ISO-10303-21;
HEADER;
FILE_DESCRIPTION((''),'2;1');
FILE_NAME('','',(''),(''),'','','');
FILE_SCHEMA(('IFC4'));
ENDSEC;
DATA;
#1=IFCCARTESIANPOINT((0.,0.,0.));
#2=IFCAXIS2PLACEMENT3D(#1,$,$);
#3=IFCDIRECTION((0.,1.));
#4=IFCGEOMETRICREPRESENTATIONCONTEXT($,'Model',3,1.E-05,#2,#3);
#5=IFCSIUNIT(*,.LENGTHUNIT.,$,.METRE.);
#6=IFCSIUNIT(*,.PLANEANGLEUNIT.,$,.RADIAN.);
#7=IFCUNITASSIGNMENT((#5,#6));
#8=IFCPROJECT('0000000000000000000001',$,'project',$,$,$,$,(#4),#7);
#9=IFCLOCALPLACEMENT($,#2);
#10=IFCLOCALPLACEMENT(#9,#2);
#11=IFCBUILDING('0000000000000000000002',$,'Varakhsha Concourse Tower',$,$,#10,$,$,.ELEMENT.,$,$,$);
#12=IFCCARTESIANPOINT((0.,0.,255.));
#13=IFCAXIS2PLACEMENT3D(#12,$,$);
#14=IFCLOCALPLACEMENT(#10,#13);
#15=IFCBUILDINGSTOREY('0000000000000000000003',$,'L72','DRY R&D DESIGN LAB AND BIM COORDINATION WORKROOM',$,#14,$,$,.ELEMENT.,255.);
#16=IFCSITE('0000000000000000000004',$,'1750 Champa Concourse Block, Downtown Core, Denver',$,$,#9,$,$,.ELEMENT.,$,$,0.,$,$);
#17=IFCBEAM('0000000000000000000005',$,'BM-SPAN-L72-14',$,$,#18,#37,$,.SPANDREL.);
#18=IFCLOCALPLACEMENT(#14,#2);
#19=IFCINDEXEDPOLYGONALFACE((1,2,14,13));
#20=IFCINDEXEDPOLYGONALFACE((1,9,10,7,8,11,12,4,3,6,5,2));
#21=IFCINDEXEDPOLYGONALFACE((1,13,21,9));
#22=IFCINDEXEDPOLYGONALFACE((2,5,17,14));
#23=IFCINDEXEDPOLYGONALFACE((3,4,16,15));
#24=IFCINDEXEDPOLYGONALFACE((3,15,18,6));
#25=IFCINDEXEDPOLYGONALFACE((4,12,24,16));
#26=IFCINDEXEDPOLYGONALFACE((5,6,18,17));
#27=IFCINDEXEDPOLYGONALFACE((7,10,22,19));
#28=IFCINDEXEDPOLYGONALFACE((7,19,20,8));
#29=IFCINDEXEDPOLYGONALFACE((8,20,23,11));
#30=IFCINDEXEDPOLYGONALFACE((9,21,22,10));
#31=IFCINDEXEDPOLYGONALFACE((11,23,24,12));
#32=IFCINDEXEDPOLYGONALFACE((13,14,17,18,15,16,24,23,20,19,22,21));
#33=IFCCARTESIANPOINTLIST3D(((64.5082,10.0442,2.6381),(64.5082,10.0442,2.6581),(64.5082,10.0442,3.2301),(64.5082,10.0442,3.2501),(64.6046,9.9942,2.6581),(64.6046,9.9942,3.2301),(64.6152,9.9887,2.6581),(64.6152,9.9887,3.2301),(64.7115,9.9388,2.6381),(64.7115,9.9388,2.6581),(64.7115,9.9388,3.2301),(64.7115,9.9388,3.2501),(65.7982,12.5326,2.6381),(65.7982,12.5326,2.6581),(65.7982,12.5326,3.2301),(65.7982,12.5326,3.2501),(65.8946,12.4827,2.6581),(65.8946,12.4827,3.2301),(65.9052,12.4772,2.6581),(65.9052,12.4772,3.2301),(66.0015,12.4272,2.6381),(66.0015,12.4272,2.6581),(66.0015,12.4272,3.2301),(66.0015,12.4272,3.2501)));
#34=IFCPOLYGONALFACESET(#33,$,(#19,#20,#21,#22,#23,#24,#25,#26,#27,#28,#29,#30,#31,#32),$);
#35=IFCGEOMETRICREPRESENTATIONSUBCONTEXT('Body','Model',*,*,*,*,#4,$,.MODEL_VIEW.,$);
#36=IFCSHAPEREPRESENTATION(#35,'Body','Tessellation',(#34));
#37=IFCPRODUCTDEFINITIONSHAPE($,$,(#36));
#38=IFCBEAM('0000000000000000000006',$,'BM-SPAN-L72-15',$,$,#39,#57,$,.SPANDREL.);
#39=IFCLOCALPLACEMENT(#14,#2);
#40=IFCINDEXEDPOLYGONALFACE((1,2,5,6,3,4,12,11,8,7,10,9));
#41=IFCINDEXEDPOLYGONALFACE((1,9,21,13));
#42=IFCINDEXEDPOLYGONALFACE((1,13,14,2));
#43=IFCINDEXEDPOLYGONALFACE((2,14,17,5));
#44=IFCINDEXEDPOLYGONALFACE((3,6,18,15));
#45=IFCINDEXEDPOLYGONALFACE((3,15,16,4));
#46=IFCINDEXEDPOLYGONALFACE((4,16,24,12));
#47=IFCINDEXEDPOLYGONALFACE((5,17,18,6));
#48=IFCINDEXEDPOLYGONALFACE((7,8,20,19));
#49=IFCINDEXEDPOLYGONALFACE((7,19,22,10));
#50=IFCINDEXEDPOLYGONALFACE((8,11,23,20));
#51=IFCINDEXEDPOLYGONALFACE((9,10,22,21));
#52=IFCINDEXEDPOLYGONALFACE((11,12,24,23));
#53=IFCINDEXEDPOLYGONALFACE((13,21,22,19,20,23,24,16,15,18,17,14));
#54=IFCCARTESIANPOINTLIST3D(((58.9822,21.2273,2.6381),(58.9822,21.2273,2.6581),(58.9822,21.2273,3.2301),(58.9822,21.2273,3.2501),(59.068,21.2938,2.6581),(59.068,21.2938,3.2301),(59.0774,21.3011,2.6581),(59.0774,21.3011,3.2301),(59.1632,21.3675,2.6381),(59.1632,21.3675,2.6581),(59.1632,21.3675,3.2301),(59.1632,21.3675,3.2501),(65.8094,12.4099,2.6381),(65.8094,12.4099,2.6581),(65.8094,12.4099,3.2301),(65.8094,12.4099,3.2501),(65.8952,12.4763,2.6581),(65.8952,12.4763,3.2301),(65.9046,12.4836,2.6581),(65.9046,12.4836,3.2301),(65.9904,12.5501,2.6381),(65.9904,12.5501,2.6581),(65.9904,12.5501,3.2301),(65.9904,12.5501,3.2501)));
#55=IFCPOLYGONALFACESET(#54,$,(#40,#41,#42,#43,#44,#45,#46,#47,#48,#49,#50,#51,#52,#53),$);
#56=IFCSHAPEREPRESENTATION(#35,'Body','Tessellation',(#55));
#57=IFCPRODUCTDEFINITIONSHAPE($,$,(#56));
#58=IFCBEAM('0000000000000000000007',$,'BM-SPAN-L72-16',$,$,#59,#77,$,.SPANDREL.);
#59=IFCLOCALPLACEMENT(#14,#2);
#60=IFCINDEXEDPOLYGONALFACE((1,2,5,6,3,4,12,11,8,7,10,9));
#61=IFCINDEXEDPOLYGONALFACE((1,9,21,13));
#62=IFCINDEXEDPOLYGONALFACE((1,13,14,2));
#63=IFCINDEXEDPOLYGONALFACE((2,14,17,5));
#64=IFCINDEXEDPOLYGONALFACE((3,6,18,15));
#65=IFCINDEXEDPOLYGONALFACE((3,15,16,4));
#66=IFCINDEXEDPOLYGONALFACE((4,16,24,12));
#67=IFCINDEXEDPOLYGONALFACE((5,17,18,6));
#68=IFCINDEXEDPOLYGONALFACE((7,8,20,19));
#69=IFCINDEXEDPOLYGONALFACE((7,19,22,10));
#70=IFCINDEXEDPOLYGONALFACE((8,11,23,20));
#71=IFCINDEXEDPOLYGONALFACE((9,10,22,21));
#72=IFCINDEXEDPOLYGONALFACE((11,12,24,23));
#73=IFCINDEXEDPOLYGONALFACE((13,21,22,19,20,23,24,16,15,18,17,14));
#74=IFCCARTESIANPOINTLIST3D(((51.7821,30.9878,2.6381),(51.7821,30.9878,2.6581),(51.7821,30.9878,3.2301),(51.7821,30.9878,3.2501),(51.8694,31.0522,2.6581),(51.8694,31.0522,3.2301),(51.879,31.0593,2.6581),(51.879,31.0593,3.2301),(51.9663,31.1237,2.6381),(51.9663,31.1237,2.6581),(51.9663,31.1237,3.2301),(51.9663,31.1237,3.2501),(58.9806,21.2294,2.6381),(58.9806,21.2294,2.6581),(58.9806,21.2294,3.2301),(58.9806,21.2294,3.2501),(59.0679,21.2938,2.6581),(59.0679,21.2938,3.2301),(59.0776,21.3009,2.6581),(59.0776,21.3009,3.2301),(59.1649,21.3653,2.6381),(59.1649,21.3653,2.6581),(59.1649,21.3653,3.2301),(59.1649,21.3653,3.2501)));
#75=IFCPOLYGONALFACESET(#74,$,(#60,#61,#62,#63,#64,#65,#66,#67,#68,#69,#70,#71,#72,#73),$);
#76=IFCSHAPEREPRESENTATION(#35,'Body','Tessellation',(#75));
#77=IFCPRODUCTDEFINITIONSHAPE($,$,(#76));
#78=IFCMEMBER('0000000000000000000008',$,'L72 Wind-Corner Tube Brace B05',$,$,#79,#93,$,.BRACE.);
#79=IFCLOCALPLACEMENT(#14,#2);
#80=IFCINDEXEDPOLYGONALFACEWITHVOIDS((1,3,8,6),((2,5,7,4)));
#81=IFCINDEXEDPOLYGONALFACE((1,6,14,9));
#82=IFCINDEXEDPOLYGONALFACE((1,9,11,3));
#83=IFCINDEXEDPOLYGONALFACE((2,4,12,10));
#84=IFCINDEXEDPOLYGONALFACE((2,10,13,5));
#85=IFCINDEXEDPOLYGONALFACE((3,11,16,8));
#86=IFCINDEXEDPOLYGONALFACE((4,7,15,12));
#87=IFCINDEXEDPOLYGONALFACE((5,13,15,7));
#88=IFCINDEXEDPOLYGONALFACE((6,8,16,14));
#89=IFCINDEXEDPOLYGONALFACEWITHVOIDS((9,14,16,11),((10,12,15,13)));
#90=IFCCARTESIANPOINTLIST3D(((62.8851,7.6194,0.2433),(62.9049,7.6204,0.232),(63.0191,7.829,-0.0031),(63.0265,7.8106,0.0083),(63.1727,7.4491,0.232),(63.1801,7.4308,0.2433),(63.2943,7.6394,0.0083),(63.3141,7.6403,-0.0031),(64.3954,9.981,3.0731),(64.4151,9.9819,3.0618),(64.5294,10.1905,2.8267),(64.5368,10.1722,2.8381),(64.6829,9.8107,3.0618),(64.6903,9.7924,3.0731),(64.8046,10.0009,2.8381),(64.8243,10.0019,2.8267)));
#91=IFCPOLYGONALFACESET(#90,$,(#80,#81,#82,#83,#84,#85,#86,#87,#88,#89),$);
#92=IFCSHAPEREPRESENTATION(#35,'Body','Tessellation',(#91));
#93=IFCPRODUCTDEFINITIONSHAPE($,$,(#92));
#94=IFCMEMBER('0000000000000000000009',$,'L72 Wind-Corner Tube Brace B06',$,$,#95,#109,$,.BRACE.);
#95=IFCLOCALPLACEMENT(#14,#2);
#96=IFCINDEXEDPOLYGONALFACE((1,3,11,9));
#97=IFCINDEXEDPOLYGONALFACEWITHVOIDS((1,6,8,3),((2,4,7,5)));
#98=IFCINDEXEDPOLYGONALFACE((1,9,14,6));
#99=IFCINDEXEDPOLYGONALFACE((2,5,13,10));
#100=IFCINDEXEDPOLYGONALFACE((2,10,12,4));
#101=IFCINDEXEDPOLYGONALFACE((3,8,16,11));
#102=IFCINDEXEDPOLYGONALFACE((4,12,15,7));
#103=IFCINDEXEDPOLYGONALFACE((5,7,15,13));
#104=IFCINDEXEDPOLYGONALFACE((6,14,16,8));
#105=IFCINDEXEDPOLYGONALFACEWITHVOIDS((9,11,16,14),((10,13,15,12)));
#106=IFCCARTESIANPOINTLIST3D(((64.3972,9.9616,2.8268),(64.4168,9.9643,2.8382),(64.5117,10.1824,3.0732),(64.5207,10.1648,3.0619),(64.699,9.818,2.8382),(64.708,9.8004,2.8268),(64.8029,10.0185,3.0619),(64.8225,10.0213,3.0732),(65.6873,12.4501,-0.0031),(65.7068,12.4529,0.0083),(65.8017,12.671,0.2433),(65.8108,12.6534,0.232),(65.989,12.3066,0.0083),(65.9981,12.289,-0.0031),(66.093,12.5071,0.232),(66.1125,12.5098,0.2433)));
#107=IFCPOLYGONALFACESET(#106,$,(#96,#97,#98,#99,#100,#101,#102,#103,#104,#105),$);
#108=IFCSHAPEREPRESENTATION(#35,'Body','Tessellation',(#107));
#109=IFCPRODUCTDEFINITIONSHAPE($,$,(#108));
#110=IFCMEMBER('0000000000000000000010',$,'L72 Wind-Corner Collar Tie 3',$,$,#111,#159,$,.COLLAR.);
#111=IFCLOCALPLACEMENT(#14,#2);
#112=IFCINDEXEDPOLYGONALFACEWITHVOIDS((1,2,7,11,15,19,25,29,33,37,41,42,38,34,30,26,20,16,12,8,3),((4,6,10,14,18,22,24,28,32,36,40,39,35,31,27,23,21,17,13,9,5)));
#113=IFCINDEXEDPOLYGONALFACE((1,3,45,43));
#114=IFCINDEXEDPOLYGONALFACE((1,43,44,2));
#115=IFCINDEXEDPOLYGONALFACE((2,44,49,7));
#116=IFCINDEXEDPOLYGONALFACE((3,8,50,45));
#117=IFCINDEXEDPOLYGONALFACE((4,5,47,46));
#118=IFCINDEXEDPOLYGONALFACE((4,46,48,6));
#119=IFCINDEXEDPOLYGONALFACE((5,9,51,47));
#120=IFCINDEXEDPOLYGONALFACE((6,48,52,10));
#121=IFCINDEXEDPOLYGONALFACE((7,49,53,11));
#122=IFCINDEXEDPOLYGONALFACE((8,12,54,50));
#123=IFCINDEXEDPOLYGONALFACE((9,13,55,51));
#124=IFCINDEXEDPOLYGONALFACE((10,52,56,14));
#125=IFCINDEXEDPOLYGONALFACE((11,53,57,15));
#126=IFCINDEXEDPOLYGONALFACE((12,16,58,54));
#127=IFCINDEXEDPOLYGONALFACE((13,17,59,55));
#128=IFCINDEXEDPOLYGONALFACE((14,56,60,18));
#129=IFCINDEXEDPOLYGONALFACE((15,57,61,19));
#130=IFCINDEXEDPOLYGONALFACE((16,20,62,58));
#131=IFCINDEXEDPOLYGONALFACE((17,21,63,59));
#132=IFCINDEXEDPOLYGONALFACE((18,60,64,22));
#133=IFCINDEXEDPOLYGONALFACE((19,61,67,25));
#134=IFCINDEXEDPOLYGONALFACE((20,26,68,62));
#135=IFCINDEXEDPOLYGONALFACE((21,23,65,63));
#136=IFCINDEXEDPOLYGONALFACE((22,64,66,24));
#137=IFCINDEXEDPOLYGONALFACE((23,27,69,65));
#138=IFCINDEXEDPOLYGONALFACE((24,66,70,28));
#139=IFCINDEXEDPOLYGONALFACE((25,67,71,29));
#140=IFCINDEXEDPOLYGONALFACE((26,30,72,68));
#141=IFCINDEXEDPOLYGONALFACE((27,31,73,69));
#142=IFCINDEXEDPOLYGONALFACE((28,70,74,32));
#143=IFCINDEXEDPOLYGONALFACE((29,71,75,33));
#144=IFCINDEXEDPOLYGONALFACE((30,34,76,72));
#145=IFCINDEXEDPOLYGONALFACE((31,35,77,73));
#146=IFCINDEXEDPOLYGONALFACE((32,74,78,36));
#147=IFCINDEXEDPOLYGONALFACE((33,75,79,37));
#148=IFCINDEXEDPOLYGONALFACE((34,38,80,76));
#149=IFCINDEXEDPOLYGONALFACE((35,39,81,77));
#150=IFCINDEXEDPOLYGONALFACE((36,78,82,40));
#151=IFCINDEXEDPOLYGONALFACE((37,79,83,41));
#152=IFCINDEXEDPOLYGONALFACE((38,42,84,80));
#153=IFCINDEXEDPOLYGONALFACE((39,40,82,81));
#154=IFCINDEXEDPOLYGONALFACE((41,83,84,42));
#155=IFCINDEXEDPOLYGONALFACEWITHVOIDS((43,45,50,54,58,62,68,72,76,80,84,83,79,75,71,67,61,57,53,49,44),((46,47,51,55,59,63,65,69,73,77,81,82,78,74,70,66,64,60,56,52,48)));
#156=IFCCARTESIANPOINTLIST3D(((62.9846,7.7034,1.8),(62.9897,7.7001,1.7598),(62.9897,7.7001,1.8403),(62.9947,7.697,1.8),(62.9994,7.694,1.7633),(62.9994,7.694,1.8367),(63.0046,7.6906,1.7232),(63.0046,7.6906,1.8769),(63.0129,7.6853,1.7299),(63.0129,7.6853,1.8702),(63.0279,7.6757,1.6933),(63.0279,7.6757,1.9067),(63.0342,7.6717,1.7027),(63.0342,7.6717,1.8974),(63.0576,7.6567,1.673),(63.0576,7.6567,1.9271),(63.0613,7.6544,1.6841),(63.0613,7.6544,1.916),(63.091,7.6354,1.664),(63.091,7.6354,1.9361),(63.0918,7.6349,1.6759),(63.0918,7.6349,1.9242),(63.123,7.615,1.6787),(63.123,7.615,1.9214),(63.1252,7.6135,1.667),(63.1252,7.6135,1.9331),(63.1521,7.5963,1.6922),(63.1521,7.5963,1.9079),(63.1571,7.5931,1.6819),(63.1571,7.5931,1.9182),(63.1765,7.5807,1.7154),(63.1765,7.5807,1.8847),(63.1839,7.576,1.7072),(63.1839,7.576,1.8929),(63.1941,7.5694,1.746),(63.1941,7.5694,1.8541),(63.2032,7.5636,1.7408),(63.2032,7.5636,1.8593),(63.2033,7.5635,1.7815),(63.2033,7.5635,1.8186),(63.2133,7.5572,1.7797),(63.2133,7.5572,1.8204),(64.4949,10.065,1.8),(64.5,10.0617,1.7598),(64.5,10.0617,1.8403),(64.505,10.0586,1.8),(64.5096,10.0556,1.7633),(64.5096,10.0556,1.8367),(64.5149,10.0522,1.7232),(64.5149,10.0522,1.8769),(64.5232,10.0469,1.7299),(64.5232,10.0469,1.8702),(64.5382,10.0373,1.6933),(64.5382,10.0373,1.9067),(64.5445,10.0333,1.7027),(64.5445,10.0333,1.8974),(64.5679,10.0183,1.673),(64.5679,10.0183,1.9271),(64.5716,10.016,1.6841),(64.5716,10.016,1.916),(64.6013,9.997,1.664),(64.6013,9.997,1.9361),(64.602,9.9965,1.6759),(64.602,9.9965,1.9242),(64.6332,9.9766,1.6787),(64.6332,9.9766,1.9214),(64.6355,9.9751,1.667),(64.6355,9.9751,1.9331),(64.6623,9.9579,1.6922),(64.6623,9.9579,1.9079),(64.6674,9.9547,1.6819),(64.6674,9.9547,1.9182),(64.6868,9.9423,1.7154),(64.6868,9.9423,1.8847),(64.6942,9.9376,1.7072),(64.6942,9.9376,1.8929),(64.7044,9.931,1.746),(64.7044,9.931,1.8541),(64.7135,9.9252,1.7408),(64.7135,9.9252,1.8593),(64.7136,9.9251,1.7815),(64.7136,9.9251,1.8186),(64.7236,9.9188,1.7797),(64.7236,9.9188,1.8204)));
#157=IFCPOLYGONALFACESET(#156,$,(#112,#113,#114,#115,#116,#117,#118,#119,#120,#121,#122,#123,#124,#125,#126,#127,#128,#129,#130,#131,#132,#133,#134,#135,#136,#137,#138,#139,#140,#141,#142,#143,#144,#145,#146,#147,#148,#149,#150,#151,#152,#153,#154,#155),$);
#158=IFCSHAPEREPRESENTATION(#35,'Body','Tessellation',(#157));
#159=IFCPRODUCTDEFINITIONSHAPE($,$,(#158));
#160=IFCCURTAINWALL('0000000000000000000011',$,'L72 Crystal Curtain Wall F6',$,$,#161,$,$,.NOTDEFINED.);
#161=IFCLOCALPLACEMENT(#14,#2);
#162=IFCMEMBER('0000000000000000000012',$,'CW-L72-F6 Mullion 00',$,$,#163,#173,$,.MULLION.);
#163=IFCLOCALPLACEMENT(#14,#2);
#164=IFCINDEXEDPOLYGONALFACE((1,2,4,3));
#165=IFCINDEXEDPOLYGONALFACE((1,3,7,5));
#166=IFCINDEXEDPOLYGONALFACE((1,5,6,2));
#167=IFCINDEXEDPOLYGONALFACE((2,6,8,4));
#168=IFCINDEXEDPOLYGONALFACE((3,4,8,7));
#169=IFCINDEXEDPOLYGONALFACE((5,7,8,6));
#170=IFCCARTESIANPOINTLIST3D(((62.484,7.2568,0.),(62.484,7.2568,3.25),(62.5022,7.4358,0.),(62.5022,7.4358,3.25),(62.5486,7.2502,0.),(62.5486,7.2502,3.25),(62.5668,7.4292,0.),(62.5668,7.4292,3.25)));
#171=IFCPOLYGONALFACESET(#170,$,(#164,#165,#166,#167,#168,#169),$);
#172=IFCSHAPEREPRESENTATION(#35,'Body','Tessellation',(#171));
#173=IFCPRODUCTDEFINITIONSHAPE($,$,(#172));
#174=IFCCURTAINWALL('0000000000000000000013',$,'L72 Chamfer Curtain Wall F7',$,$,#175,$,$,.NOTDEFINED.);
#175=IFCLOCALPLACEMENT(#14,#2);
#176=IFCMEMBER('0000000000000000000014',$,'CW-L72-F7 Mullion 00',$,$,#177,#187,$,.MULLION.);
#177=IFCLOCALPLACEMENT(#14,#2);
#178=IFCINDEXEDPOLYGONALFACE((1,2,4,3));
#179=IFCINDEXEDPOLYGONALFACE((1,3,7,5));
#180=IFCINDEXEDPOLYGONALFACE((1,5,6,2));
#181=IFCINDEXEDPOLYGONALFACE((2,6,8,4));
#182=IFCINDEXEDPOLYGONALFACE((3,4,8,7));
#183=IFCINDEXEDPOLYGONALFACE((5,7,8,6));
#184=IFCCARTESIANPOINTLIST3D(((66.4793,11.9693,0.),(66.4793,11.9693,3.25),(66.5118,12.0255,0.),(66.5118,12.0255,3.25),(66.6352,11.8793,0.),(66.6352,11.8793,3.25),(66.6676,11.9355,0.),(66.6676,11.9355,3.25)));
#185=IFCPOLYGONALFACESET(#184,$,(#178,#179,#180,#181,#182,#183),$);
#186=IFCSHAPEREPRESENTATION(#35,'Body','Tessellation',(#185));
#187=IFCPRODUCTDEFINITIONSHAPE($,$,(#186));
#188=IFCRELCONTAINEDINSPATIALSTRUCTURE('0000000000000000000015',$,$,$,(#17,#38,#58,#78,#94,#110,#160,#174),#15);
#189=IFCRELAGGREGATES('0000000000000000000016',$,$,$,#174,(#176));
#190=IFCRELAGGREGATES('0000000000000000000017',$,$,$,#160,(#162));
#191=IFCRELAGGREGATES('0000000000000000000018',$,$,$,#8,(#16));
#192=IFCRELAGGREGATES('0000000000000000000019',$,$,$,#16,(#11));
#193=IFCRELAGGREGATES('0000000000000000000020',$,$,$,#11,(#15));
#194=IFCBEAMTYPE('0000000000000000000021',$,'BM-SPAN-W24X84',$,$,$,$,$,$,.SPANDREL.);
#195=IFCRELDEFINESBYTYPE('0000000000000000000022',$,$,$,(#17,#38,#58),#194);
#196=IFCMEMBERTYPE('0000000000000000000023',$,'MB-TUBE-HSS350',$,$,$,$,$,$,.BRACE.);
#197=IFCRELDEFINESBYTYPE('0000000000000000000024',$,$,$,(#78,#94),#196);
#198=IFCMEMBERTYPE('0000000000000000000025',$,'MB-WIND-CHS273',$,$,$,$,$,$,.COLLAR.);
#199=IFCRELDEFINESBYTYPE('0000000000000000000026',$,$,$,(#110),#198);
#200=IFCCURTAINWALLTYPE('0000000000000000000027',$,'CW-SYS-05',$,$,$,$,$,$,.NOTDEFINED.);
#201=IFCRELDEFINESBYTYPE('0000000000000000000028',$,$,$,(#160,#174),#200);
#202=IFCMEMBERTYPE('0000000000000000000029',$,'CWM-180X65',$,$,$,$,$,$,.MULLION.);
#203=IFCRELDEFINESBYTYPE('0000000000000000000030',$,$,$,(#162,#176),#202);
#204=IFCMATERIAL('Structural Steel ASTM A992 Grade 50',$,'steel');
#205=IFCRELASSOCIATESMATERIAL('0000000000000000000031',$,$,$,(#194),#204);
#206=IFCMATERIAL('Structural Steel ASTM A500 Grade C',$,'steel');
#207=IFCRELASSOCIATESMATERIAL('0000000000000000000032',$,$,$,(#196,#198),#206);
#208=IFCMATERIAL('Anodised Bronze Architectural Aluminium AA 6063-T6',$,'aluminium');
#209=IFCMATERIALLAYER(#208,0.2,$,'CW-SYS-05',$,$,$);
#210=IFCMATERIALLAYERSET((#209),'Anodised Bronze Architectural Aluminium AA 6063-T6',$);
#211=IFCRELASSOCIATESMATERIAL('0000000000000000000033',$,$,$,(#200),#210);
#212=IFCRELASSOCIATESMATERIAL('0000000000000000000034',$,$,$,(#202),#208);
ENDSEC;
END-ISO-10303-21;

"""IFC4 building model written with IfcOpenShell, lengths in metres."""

from ifc_helpers import new_model, si_unit, direction, frame, origin, origin_2d, place, context, subcontext, project, spatial, rectangle, hollow_rectangle, hollow_circle, i_section, extrude, source, transform, mapped, material, layer, layer_set, material_profile, profile_set, type_object, type_shapes, element, aggregate, save


model = new_model("IFC4")

# Units and contexts
model_context = context("Model", 3, precision=1e-05, world=origin(), true_north=direction((0.0, 1.0)))
body_context = subcontext(model_context, "Body", "Model", "MODEL_VIEW")
ifc_project = project(units=[si_unit("LENGTHUNIT", "METRE"), si_unit("PLANEANGLEUNIT", "RADIAN")], contexts=[model_context])

# Site, building, storey
site_placement = place(None, origin())
site = spatial("IfcSite", under=ifc_project, at=site_placement, Name="1750 Champa Concourse Block, Downtown Core, Denver", CompositionType="ELEMENT", RefElevation=0.0)
building_placement = place(site_placement, origin())
building = spatial("IfcBuilding", under=site, at=building_placement, Name="Varakhsha Concourse Tower", CompositionType="ELEMENT")
storey_placement = place(building_placement, frame((0.0, 0.0, 255.0)))
storey = spatial("IfcBuildingStorey", under=building, at=storey_placement, Name="L72", Description="DRY R&D DESIGN LAB AND BIM COORDINATION WORKROOM", CompositionType="ELEMENT", Elevation=255.0)

# Beams
ifc_material_1 = material(Name="Structural Steel ASTM A992 Grade 50", Category="steel")
ifc_material_profile_1 = material_profile(ifc_material_1, i_section(OverallWidth=0.229, OverallDepth=0.6121, WebThickness=0.012, FlangeThickness=0.02, at=origin_2d()), Name="W24X84")
ifc_profile_set_1 = profile_set([ifc_material_profile_1], Name="Structural Steel ASTM A992 Grade 50")
beam_type_1 = type_object("IfcBeamType", Name="BM-SPAN-W24X84", PredefinedType="SPANDREL", material=ifc_profile_set_1)
beam_1_placement = place(storey_placement, frame((64.6099, 9.9915, 2.9441), z_axis=(0.460231, 0.887799, 0.0), x_axis=(-0.887799, 0.460231, 0.0)))
element("IfcBeam", 1, at=beam_1_placement, inside=storey, type_object=beam_type_1, Name="BM-SPAN-L72-14", PredefinedType="SPANDREL", context=body_context, shape_type="SweptSolid", body=[
    extrude(i_section(OverallWidth=0.229, OverallDepth=0.6121, WebThickness=0.012, FlangeThickness=0.02, at=origin_2d()), origin(), (0.0, 0.0, 1.0), 2.803),
])
beam_2_placement = place(storey_placement, frame((65.8999, 12.48, 2.9441), z_axis=(-0.612217, 0.79069, 0.0), x_axis=(-0.79069, -0.612217, 0.0)))
element("IfcBeam", 2, at=beam_2_placement, inside=storey, type_object=beam_type_1, Name="BM-SPAN-L72-15", PredefinedType="SPANDREL", context=body_context, shape_type="SweptSolid", body=[
    extrude(i_section(OverallWidth=0.229, OverallDepth=0.6121, WebThickness=0.012, FlangeThickness=0.02, at=origin_2d()), origin(), (0.0, 0.0, 1.0), 11.1516),
])
beam_3_placement = place(storey_placement, frame((59.0728, 21.2974, 2.9441), z_axis=(-0.593635, 0.804734, 0.0), x_axis=(-0.804734, -0.593635, 0.0)))
element("IfcBeam", 3, at=beam_3_placement, inside=storey, type_object=beam_type_1, Name="BM-SPAN-L72-16", PredefinedType="SPANDREL", context=body_context, shape_type="SweptSolid", body=[
    extrude(i_section(OverallWidth=0.229, OverallDepth=0.6121, WebThickness=0.012, FlangeThickness=0.02, at=origin_2d()), origin(), (0.0, 0.0, 1.0), 12.1262),
])

# Members
ifc_material_2 = material(Name="Structural Steel ASTM A500 Grade C", Category="steel")
ifc_material_profile_2 = material_profile(ifc_material_2, hollow_rectangle(XDim=0.3501, YDim=0.3501, WallThickness=0.0161, at=origin_2d()), Name="HSS 350x350x16")
ifc_profile_set_2 = profile_set([ifc_material_profile_2], Name="Structural Steel ASTM A500 Grade C")
member_type_1 = type_object("IfcMemberType", Name="MB-TUBE-HSS350", PredefinedType="BRACE", material=ifc_profile_set_2)
shared_shape_1 = source(origin(), body_context, "Body", "SweptSolid", [
    extrude(hollow_rectangle(XDim=0.3501, YDim=0.3501, WallThickness=0.0161, at=origin_2d()), origin(), (0.0, 0.0, 1.0), 3.9832),
])
type_shapes(member_type_1, [shared_shape_1])
for number, where, z_axis, x_axis, name in (
    (4, (63.0996, 7.6299, 0.1201), (0.379156, 0.592884, 0.710443), (-0.842458, 0.538762, 0.0), "L72 Wind-Corner Tube Brace B05"),
    (5, (65.8999, 12.48, 0.1201), (-0.32388, -0.624774, 0.710464), (0.887799, -0.460231, 0.0), "L72 Wind-Corner Tube Brace B06"),
):
    element("IfcMember", number, at=place(storey_placement, frame(where, z_axis=z_axis, x_axis=x_axis)), inside=storey, type_object=member_type_1, Name=name, PredefinedType="BRACE", context=body_context, shape_type="MappedRepresentation", body=[
        mapped(shared_shape_1, transform((0.0, 0.0, 0.0), scale=1.0)),
    ])
ifc_material_profile_3 = material_profile(ifc_material_2, hollow_circle(Radius=0.1365, WallThickness=0.012, at=origin_2d()), Name="CHS 273x12")
ifc_profile_set_3 = profile_set([ifc_material_profile_3], Name="Structural Steel ASTM A500 Grade C")
member_type_2 = type_object("IfcMemberType", Name="MB-WIND-CHS273", PredefinedType="COLLAR", material=ifc_profile_set_3)
shared_shape_2 = source(origin(), body_context, "Body", "SweptSolid", [
    extrude(hollow_circle(Radius=0.1365, WallThickness=0.012, at=origin_2d()), origin(), (0.0, 0.0, 1.0), 2.8032),
])
type_shapes(member_type_2, [shared_shape_2])
member_1_placement = place(storey_placement, frame((63.0996, 7.6299, 1.8), z_axis=(0.538762, 0.842458, 0.0), x_axis=(-0.842458, 0.538762, 0.0)))
element("IfcMember", 6, at=member_1_placement, inside=storey, type_object=member_type_2, Name="L72 Wind-Corner Collar Tie 3", PredefinedType="COLLAR", context=body_context, shape_type="MappedRepresentation", body=[
    mapped(shared_shape_2, transform((0.0, 0.0, 0.0), scale=1.0)),
])

# Curtain wall, member
ifc_material_3 = material(Name="Anodised Bronze Architectural Aluminium AA 6063-T6", Category="aluminium")
ifc_layer_1 = layer(ifc_material_3, 0.2, Name="CW-SYS-05")
ifc_layer_set_1 = layer_set([ifc_layer_1], Name="Anodised Bronze Architectural Aluminium AA 6063-T6")
curtain_wall_type = type_object("IfcCurtainWallType", Name="CW-SYS-05", PredefinedType="NOTDEFINED", material=ifc_layer_set_1)
curtain_wall_1_placement = place(storey_placement, origin())
curtain_wall_1 = element("IfcCurtainWall", 7, at=curtain_wall_1_placement, inside=storey, type_object=curtain_wall_type, Name="L72 Crystal Curtain Wall F6", PredefinedType="NOTDEFINED")
ifc_material_profile_4 = material_profile(ifc_material_3, rectangle(XDim=0.0649, YDim=0.1799, at=origin_2d()), Name="CWM-180X65")
ifc_profile_set_4 = profile_set([ifc_material_profile_4], Name="Anodised Bronze Architectural Aluminium AA 6063-T6")
member_type_3 = type_object("IfcMemberType", Name="CWM-180X65", PredefinedType="MULLION", material=ifc_profile_set_4)
shared_shape_3 = source(origin(), body_context, "Body", "SweptSolid", [
    extrude(rectangle(XDim=0.0649, YDim=0.1799, at=origin_2d()), origin(), (0.0, 0.0, 1.0), 3.25),
])
type_shapes(member_type_3, [shared_shape_3])
member_2_placement = place(storey_placement, frame((62.5254, 7.343, 0.0), z_axis=(0.0, 0.0, 1.0), x_axis=(-0.994852, 0.101336, 0.0)))
member_2 = element("IfcMember", 8, at=member_2_placement, type_object=member_type_3, Name="CW-L72-F6 Mullion 00", PredefinedType="MULLION", context=body_context, shape_type="MappedRepresentation", body=[
    mapped(shared_shape_3, transform((0.0, 0.0, 0.0), scale=1.0)),
])

# Curtain wall, member
curtain_wall_2_placement = place(storey_placement, origin())
curtain_wall_2 = element("IfcCurtainWall", 9, at=curtain_wall_2_placement, inside=storey, type_object=curtain_wall_type, Name="L72 Chamfer Curtain Wall F7", PredefinedType="NOTDEFINED")
member_3_placement = place(storey_placement, frame((66.5735, 11.9524, 0.0), z_axis=(0.0, 0.0, 1.0), x_axis=(-0.5, -0.866025, 0.0)))
member_3 = element("IfcMember", 10, at=member_3_placement, type_object=member_type_3, Name="CW-L72-F7 Mullion 00", PredefinedType="MULLION", context=body_context, shape_type="MappedRepresentation", body=[
    mapped(shared_shape_3, transform((0.0, 0.0, 0.0), scale=1.0)),
])

aggregate(curtain_wall_2, [member_3])
aggregate(curtain_wall_1, [member_2])

save(model, "model.ifc")
